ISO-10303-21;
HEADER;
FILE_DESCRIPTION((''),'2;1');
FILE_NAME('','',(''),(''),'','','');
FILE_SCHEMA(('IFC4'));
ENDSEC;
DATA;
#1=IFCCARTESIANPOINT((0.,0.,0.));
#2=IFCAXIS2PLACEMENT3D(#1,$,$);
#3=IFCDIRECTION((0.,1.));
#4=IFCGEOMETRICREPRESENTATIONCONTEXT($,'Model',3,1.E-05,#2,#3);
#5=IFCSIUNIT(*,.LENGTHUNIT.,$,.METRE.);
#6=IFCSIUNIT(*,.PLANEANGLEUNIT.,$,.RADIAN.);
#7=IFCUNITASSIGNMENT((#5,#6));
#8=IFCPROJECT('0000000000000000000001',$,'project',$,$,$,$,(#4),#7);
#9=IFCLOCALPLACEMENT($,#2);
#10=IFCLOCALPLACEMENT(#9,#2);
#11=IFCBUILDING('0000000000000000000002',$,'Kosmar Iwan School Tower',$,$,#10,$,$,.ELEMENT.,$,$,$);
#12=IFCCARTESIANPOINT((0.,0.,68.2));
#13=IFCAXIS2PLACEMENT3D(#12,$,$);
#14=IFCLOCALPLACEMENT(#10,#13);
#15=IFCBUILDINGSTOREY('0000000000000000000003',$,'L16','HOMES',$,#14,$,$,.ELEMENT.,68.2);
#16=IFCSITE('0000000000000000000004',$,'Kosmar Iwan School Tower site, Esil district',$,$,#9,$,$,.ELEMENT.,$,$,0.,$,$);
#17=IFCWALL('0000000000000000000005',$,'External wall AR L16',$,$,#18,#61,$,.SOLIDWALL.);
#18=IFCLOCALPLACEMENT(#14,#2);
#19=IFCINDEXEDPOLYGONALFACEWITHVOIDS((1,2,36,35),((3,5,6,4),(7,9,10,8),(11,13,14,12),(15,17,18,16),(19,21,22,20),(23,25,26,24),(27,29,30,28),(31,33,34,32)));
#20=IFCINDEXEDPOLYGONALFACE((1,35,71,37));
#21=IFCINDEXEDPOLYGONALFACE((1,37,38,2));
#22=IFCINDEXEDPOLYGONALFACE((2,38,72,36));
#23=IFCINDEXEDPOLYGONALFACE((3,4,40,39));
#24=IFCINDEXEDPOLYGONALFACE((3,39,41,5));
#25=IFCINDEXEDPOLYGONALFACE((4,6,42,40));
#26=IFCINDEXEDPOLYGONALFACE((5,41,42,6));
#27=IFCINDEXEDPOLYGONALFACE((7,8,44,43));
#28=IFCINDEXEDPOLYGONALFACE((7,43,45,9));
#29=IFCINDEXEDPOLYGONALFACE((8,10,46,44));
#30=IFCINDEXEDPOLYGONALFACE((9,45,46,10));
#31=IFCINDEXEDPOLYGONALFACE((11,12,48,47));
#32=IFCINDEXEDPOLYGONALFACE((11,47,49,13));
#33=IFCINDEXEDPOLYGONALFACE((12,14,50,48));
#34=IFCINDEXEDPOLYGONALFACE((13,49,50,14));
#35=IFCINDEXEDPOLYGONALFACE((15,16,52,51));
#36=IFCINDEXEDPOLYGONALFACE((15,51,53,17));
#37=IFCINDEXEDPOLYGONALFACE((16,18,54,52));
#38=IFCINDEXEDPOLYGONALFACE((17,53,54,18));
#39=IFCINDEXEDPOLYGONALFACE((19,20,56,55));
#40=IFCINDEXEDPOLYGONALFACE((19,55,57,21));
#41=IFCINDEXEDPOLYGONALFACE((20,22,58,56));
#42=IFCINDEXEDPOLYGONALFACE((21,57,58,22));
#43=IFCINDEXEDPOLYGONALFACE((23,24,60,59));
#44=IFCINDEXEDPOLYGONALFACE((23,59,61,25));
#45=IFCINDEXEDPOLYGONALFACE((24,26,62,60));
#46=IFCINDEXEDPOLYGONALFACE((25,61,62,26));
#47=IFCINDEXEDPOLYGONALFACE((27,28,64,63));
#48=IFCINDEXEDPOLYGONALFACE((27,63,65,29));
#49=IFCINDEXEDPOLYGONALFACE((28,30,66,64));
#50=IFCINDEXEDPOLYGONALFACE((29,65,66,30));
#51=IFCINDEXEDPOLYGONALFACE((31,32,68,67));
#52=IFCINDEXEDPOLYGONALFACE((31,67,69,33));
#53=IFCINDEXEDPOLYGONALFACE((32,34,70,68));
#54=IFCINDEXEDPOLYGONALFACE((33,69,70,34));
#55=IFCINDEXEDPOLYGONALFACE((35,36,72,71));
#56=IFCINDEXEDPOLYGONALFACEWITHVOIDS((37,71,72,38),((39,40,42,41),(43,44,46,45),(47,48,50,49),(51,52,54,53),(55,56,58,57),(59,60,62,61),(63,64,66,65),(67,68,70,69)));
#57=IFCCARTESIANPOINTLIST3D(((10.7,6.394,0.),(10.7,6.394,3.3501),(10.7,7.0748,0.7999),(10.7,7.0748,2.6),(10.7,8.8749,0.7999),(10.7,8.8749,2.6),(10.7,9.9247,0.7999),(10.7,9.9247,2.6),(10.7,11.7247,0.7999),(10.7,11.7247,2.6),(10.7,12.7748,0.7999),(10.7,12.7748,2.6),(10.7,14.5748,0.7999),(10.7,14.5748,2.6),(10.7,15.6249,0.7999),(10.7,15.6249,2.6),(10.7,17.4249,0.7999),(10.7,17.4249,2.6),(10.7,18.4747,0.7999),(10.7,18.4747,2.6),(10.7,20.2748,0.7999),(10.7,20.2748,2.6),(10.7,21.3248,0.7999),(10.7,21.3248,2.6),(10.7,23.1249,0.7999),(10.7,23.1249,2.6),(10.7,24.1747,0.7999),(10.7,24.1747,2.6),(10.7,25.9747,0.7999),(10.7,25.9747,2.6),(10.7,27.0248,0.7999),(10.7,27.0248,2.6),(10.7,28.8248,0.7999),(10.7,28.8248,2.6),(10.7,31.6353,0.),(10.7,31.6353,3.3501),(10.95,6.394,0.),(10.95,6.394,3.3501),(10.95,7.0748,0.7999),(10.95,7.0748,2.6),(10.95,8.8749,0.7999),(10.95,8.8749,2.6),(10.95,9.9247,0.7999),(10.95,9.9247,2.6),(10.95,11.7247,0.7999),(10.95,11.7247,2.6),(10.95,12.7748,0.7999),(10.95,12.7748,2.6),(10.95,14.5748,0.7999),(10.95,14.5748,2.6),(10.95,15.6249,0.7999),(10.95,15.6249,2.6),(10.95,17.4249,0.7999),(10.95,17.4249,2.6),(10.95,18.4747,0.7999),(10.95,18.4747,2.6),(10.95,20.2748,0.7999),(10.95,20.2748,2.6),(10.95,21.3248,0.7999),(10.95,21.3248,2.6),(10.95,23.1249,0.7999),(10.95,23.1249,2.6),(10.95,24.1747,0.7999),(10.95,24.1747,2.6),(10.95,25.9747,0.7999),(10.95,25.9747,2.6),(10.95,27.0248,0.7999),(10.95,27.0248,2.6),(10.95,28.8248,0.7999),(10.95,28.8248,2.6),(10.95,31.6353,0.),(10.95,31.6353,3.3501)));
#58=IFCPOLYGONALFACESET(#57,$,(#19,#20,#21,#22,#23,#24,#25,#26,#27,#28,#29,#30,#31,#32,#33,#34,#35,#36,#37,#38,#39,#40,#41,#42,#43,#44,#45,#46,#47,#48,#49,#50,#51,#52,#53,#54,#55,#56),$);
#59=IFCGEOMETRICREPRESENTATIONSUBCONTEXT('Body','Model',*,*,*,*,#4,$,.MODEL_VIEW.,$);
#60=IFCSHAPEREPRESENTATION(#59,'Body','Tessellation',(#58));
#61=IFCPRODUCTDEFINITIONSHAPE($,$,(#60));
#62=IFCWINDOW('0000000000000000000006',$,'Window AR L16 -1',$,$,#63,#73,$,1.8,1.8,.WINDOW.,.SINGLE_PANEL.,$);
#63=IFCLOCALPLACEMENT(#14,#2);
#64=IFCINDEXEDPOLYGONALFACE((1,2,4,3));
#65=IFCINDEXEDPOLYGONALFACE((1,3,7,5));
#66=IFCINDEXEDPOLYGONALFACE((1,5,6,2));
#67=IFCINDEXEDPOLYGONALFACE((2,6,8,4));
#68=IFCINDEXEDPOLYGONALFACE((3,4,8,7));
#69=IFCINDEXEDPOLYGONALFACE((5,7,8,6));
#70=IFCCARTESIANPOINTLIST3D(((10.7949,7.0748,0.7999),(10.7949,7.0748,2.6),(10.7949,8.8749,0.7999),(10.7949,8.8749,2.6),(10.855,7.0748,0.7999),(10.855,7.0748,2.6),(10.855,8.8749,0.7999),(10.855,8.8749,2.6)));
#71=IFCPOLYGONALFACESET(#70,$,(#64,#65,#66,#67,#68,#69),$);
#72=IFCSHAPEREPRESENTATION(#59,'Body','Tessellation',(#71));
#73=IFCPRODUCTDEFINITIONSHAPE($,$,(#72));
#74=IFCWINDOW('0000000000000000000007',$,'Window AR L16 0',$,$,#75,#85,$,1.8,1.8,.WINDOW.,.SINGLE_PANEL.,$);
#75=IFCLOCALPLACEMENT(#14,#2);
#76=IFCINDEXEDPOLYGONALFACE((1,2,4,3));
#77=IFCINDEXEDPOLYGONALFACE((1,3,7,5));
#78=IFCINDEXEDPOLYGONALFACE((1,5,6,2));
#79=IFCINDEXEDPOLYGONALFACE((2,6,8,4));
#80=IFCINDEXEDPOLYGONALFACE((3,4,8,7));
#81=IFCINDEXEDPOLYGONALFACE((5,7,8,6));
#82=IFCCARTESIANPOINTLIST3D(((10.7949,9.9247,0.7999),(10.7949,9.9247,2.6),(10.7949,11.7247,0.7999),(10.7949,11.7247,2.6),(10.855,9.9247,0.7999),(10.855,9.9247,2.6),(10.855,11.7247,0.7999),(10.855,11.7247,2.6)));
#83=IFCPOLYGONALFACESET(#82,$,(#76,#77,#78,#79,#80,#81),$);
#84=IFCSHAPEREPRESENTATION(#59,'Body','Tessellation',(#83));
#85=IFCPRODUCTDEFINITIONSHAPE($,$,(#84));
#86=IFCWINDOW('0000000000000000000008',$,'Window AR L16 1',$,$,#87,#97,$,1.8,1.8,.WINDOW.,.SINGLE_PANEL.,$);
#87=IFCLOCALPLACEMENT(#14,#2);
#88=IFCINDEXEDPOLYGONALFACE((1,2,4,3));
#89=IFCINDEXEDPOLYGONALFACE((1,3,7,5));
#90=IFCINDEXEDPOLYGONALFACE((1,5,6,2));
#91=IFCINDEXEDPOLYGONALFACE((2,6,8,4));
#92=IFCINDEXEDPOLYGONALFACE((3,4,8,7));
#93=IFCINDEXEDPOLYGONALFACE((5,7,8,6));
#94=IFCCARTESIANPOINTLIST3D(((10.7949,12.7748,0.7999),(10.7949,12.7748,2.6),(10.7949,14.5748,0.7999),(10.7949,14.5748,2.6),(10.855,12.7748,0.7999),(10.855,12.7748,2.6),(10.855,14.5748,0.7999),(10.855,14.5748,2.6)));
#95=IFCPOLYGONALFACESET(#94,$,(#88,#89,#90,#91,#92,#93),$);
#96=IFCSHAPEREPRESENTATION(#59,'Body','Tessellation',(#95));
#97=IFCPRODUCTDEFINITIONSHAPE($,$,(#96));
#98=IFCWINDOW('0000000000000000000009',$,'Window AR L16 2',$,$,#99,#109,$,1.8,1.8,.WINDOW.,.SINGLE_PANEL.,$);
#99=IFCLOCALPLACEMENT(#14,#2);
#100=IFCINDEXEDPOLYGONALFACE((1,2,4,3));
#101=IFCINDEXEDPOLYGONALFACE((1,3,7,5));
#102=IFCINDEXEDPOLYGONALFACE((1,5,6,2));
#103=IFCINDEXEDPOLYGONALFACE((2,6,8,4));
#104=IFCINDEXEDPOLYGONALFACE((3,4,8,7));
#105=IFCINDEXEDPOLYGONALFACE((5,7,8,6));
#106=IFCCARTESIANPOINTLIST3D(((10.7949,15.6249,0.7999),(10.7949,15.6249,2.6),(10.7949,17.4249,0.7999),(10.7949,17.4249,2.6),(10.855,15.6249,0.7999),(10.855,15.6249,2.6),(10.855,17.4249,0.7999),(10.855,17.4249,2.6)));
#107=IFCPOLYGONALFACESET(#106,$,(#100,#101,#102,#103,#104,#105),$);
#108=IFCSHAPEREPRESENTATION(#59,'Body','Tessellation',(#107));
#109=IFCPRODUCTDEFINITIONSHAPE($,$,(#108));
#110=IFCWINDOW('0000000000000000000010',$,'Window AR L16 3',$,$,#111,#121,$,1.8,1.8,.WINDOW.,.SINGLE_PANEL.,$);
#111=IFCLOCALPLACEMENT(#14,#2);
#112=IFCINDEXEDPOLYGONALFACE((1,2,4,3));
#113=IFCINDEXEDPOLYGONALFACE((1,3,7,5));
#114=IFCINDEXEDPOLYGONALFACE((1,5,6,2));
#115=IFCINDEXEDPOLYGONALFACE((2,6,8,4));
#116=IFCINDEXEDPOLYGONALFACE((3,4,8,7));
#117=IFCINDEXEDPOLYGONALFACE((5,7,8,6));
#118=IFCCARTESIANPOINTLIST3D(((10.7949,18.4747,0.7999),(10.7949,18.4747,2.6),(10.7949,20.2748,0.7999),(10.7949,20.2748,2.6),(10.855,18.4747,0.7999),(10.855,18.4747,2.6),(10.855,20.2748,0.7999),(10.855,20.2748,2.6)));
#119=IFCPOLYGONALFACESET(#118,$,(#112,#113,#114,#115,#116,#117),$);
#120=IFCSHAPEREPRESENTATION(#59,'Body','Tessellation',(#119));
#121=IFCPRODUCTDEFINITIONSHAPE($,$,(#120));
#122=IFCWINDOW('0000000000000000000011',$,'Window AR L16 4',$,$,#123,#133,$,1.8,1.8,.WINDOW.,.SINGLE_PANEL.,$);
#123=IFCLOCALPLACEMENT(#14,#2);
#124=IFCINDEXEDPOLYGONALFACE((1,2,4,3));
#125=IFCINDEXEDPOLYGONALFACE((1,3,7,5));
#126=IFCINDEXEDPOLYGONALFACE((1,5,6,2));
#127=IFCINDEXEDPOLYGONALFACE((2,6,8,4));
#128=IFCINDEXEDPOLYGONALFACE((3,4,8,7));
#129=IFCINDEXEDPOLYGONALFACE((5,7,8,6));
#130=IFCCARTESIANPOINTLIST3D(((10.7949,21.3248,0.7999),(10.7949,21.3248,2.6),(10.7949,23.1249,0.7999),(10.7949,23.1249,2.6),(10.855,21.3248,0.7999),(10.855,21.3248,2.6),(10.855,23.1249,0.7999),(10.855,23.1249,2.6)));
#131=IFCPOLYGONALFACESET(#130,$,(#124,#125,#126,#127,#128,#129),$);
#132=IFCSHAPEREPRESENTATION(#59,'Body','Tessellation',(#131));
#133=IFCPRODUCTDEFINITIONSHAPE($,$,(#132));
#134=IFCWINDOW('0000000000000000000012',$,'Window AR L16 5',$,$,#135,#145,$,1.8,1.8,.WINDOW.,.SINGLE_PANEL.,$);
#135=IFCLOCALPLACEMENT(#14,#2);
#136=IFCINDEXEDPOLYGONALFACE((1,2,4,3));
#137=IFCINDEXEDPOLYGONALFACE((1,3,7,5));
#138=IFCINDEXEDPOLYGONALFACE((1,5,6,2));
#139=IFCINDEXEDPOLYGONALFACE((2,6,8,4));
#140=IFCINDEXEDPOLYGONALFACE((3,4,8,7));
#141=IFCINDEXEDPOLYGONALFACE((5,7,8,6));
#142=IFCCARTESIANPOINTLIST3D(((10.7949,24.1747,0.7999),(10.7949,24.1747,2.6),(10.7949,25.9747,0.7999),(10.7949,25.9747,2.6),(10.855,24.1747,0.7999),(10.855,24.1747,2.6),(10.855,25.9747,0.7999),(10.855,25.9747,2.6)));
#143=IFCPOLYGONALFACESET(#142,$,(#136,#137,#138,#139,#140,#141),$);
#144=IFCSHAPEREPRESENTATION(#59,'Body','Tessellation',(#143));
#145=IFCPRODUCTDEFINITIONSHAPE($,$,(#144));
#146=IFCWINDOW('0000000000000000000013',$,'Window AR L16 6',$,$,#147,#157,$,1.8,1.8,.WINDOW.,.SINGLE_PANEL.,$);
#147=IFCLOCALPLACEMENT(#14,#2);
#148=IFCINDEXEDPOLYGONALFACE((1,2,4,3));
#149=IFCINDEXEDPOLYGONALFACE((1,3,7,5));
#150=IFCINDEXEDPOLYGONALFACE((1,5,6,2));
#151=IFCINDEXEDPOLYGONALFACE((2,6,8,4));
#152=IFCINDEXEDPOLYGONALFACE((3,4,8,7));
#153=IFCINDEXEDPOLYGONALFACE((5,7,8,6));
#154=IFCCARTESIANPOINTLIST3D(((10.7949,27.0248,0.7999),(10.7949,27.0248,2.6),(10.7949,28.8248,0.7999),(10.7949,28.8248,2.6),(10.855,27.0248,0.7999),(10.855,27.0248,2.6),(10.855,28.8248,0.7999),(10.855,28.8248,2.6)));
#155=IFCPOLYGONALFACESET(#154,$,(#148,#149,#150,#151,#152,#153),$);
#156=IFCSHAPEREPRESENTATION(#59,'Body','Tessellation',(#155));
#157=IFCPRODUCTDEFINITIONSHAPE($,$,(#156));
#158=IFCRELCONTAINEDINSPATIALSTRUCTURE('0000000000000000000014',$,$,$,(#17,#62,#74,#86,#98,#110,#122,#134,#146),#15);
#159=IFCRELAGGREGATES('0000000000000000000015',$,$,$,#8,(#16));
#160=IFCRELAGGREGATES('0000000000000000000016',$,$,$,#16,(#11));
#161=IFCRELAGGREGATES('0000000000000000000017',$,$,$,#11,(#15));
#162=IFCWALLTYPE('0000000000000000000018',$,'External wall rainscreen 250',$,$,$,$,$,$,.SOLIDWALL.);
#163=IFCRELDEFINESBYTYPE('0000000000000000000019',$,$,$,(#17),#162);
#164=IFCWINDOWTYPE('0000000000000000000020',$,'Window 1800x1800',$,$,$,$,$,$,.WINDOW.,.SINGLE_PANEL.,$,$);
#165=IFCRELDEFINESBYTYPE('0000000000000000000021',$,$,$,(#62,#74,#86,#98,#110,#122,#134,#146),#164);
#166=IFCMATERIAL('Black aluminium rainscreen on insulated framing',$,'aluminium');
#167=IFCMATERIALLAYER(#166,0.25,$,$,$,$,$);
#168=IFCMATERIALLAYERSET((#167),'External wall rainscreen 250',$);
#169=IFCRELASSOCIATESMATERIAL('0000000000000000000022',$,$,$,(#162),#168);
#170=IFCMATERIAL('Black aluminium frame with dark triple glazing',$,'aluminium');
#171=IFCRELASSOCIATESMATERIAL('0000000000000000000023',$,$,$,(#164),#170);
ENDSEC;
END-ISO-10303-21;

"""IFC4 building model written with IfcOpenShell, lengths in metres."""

from ifc_helpers import new_model, si_unit, direction, frame, frame_2d, origin, place, context, subcontext, project, spatial, rectangle, extrude, material, layer, layer_set, type_object, element, fill, save


model = new_model("IFC4")

# Units and contexts
model_context = context("Model", 3, precision=1e-05, world=origin(), true_north=direction((0.0, 1.0)))
body_context = subcontext(model_context, "Body", "Model", "MODEL_VIEW")
ifc_project = project(units=[si_unit("LENGTHUNIT", "METRE"), si_unit("PLANEANGLEUNIT", "RADIAN")], contexts=[model_context])

# Site, building, storey
site_placement = place(None, origin())
site = spatial("IfcSite", under=ifc_project, at=site_placement, Name="Kosmar Iwan School Tower site, Esil district", CompositionType="ELEMENT", RefElevation=0.0)
building_placement = place(site_placement, origin())
building = spatial("IfcBuilding", under=site, at=building_placement, Name="Kosmar Iwan School Tower", CompositionType="ELEMENT")
storey_placement = place(building_placement, frame((0.0, 0.0, 68.2)))
storey = spatial("IfcBuildingStorey", under=building, at=storey_placement, Name="L16", Description="HOMES", CompositionType="ELEMENT", Elevation=68.2)

# Wall, openings, windows
ifc_material_1 = material(Name="Black aluminium rainscreen on insulated framing", Category="aluminium")
ifc_layer_1 = layer(ifc_material_1, 0.25)
ifc_layer_set_1 = layer_set([ifc_layer_1], Name="External wall rainscreen 250")
wall_type_1 = type_object("IfcWallType", Name="External wall rainscreen 250", PredefinedType="SOLIDWALL", material=ifc_layer_set_1)
ifc_material_2 = material(Name="Black aluminium frame with dark triple glazing", Category="aluminium")
window_type = type_object("IfcWindowType", Name="Window 1800x1800", PartitioningType="SINGLE_PANEL", PredefinedType="WINDOW", material=ifc_material_2)
wall_1_placement = place(storey_placement, frame((10.825, 6.394, 0.0), z_axis=(0.0, 0.0, 1.0), x_axis=(0.0, 1.0, 0.0)))
wall_1 = element("IfcWall", 1, at=wall_1_placement, inside=storey, type_object=wall_type_1, Name="External wall AR L16", PredefinedType="SOLIDWALL", context=body_context, shape_type="SweptSolid", body=[
    extrude(rectangle(XDim=25.2412, YDim=0.25, at=frame_2d((12.6206, 0.0))), origin(), (0.0, 0.0, 1.0), 3.3501),
])
opening_1_placement = place(wall_1_placement, frame((0.6809, 0.0, 0.8)))
opening_1 = element("IfcOpeningElement", 2, at=opening_1_placement, cuts=wall_1, PredefinedType="OPENING", context=body_context, shape_type="SweptSolid", body=[
    extrude(rectangle(XDim=1.8, YDim=1.8, at=frame_2d((0.8999, 0.8999))), frame((0.0, 0.137, 0.0), z_axis=(0.0, -1.0, 0.0), x_axis=(1.0, 0.0, 0.0)), (0.0, 0.0, 1.0), 0.2739),
])
opening_2_placement = place(wall_1_placement, frame((3.5308, 0.0, 0.8)))
opening_2 = element("IfcOpeningElement", 3, at=opening_2_placement, cuts=wall_1, PredefinedType="OPENING", context=body_context, shape_type="SweptSolid", body=[
    extrude(rectangle(XDim=1.8, YDim=1.8, at=frame_2d((0.8999, 0.8999))), frame((0.0, 0.137, 0.0), z_axis=(0.0, -1.0, 0.0), x_axis=(1.0, 0.0, 0.0)), (0.0, 0.0, 1.0), 0.2739),
])
opening_3_placement = place(wall_1_placement, frame((6.3809, 0.0, 0.8)))
opening_3 = element("IfcOpeningElement", 4, at=opening_3_placement, cuts=wall_1, PredefinedType="OPENING", context=body_context, shape_type="SweptSolid", body=[
    extrude(rectangle(XDim=1.8, YDim=1.8, at=frame_2d((0.8999, 0.8999))), frame((0.0, 0.137, 0.0), z_axis=(0.0, -1.0, 0.0), x_axis=(1.0, 0.0, 0.0)), (0.0, 0.0, 1.0), 0.2739),
])
opening_4_placement = place(wall_1_placement, frame((9.231, 0.0, 0.8)))
opening_4 = element("IfcOpeningElement", 5, at=opening_4_placement, cuts=wall_1, PredefinedType="OPENING", context=body_context, shape_type="SweptSolid", body=[
    extrude(rectangle(XDim=1.8, YDim=1.8, at=frame_2d((0.8999, 0.8999))), frame((0.0, 0.137, 0.0), z_axis=(0.0, -1.0, 0.0), x_axis=(1.0, 0.0, 0.0)), (0.0, 0.0, 1.0), 0.2739),
])
opening_5_placement = place(wall_1_placement, frame((12.0808, 0.0, 0.8)))
opening_5 = element("IfcOpeningElement", 6, at=opening_5_placement, cuts=wall_1, PredefinedType="OPENING", context=body_context, shape_type="SweptSolid", body=[
    extrude(rectangle(XDim=1.8, YDim=1.8, at=frame_2d((0.8999, 0.8999))), frame((0.0, 0.137, 0.0), z_axis=(0.0, -1.0, 0.0), x_axis=(1.0, 0.0, 0.0)), (0.0, 0.0, 1.0), 0.2739),
])
opening_6_placement = place(wall_1_placement, frame((14.9309, 0.0, 0.8)))
opening_6 = element("IfcOpeningElement", 7, at=opening_6_placement, cuts=wall_1, PredefinedType="OPENING", context=body_context, shape_type="SweptSolid", body=[
    extrude(rectangle(XDim=1.8, YDim=1.8, at=frame_2d((0.8999, 0.8999))), frame((0.0, 0.137, 0.0), z_axis=(0.0, -1.0, 0.0), x_axis=(1.0, 0.0, 0.0)), (0.0, 0.0, 1.0), 0.2739),
])
opening_7_placement = place(wall_1_placement, frame((17.7808, 0.0, 0.8)))
opening_7 = element("IfcOpeningElement", 8, at=opening_7_placement, cuts=wall_1, PredefinedType="OPENING", context=body_context, shape_type="SweptSolid", body=[
    extrude(rectangle(XDim=1.8, YDim=1.8, at=frame_2d((0.8999, 0.8999))), frame((0.0, 0.137, 0.0), z_axis=(0.0, -1.0, 0.0), x_axis=(1.0, 0.0, 0.0)), (0.0, 0.0, 1.0), 0.2739),
])
opening_8_placement = place(wall_1_placement, frame((20.6309, 0.0, 0.8)))
opening_8 = element("IfcOpeningElement", 9, at=opening_8_placement, cuts=wall_1, PredefinedType="OPENING", context=body_context, shape_type="SweptSolid", body=[
    extrude(rectangle(XDim=1.8, YDim=1.8, at=frame_2d((0.8999, 0.8999))), frame((0.0, 0.137, 0.0), z_axis=(0.0, -1.0, 0.0), x_axis=(1.0, 0.0, 0.0)), (0.0, 0.0, 1.0), 0.2739),
])
window_1_placement = place(opening_1_placement, origin())
window_1 = element("IfcWindow", 10, at=window_1_placement, inside=storey, type_object=window_type, Name="Window AR L16 -1", OverallHeight=1.8, OverallWidth=1.8, PartitioningType="SINGLE_PANEL", PredefinedType="WINDOW", context=body_context, shape_type="SweptSolid", body=[
    extrude(rectangle(XDim=1.8, YDim=1.8, at=frame_2d((0.8999, 0.8999))), frame((0.0, 0.03, 0.0), z_axis=(0.0, -1.0, 0.0), x_axis=(1.0, 0.0, 0.0)), (0.0, 0.0, 1.0), 0.0601),
])
fill(opening_1, window_1)
window_2_placement = place(opening_2_placement, origin())
window_2 = element("IfcWindow", 11, at=window_2_placement, inside=storey, type_object=window_type, Name="Window AR L16 0", OverallHeight=1.8, OverallWidth=1.8, PartitioningType="SINGLE_PANEL", PredefinedType="WINDOW", context=body_context, shape_type="SweptSolid", body=[
    extrude(rectangle(XDim=1.8, YDim=1.8, at=frame_2d((0.8999, 0.8999))), frame((0.0, 0.03, 0.0), z_axis=(0.0, -1.0, 0.0), x_axis=(1.0, 0.0, 0.0)), (0.0, 0.0, 1.0), 0.0601),
])
fill(opening_2, window_2)
window_3_placement = place(opening_3_placement, origin())
window_3 = element("IfcWindow", 12, at=window_3_placement, inside=storey, type_object=window_type, Name="Window AR L16 1", OverallHeight=1.8, OverallWidth=1.8, PartitioningType="SINGLE_PANEL", PredefinedType="WINDOW", context=body_context, shape_type="SweptSolid", body=[
    extrude(rectangle(XDim=1.8, YDim=1.8, at=frame_2d((0.8999, 0.8999))), frame((0.0, 0.03, 0.0), z_axis=(0.0, -1.0, 0.0), x_axis=(1.0, 0.0, 0.0)), (0.0, 0.0, 1.0), 0.0601),
])
fill(opening_3, window_3)
window_4_placement = place(opening_4_placement, origin())
window_4 = element("IfcWindow", 13, at=window_4_placement, inside=storey, type_object=window_type, Name="Window AR L16 2", OverallHeight=1.8, OverallWidth=1.8, PartitioningType="SINGLE_PANEL", PredefinedType="WINDOW", context=body_context, shape_type="SweptSolid", body=[
    extrude(rectangle(XDim=1.8, YDim=1.8, at=frame_2d((0.8999, 0.8999))), frame((0.0, 0.03, 0.0), z_axis=(0.0, -1.0, 0.0), x_axis=(1.0, 0.0, 0.0)), (0.0, 0.0, 1.0), 0.0601),
])
fill(opening_4, window_4)
window_5_placement = place(opening_5_placement, origin())
window_5 = element("IfcWindow", 14, at=window_5_placement, inside=storey, type_object=window_type, Name="Window AR L16 3", OverallHeight=1.8, OverallWidth=1.8, PartitioningType="SINGLE_PANEL", PredefinedType="WINDOW", context=body_context, shape_type="SweptSolid", body=[
    extrude(rectangle(XDim=1.8, YDim=1.8, at=frame_2d((0.8999, 0.8999))), frame((0.0, 0.03, 0.0), z_axis=(0.0, -1.0, 0.0), x_axis=(1.0, 0.0, 0.0)), (0.0, 0.0, 1.0), 0.0601),
])
fill(opening_5, window_5)
window_6_placement = place(opening_6_placement, origin())
window_6 = element("IfcWindow", 15, at=window_6_placement, inside=storey, type_object=window_type, Name="Window AR L16 4", OverallHeight=1.8, OverallWidth=1.8, PartitioningType="SINGLE_PANEL", PredefinedType="WINDOW", context=body_context, shape_type="SweptSolid", body=[
    extrude(rectangle(XDim=1.8, YDim=1.8, at=frame_2d((0.8999, 0.8999))), frame((0.0, 0.03, 0.0), z_axis=(0.0, -1.0, 0.0), x_axis=(1.0, 0.0, 0.0)), (0.0, 0.0, 1.0), 0.0601),
])
fill(opening_6, window_6)
window_7_placement = place(opening_7_placement, origin())
window_7 = element("IfcWindow", 16, at=window_7_placement, inside=storey, type_object=window_type, Name="Window AR L16 5", OverallHeight=1.8, OverallWidth=1.8, PartitioningType="SINGLE_PANEL", PredefinedType="WINDOW", context=body_context, shape_type="SweptSolid", body=[
    extrude(rectangle(XDim=1.8, YDim=1.8, at=frame_2d((0.8999, 0.8999))), frame((0.0, 0.03, 0.0), z_axis=(0.0, -1.0, 0.0), x_axis=(1.0, 0.0, 0.0)), (0.0, 0.0, 1.0), 0.0601),
])
fill(opening_7, window_7)
window_8_placement = place(opening_8_placement, origin())
window_8 = element("IfcWindow", 17, at=window_8_placement, inside=storey, type_object=window_type, Name="Window AR L16 6", OverallHeight=1.8, OverallWidth=1.8, PartitioningType="SINGLE_PANEL", PredefinedType="WINDOW", context=body_context, shape_type="SweptSolid", body=[
    extrude(rectangle(XDim=1.8, YDim=1.8, at=frame_2d((0.8999, 0.8999))), frame((0.0, 0.03, 0.0), z_axis=(0.0, -1.0, 0.0), x_axis=(1.0, 0.0, 0.0)), (0.0, 0.0, 1.0), 0.0601),
])
fill(opening_8, window_8)

save(model, "model.ifc")
